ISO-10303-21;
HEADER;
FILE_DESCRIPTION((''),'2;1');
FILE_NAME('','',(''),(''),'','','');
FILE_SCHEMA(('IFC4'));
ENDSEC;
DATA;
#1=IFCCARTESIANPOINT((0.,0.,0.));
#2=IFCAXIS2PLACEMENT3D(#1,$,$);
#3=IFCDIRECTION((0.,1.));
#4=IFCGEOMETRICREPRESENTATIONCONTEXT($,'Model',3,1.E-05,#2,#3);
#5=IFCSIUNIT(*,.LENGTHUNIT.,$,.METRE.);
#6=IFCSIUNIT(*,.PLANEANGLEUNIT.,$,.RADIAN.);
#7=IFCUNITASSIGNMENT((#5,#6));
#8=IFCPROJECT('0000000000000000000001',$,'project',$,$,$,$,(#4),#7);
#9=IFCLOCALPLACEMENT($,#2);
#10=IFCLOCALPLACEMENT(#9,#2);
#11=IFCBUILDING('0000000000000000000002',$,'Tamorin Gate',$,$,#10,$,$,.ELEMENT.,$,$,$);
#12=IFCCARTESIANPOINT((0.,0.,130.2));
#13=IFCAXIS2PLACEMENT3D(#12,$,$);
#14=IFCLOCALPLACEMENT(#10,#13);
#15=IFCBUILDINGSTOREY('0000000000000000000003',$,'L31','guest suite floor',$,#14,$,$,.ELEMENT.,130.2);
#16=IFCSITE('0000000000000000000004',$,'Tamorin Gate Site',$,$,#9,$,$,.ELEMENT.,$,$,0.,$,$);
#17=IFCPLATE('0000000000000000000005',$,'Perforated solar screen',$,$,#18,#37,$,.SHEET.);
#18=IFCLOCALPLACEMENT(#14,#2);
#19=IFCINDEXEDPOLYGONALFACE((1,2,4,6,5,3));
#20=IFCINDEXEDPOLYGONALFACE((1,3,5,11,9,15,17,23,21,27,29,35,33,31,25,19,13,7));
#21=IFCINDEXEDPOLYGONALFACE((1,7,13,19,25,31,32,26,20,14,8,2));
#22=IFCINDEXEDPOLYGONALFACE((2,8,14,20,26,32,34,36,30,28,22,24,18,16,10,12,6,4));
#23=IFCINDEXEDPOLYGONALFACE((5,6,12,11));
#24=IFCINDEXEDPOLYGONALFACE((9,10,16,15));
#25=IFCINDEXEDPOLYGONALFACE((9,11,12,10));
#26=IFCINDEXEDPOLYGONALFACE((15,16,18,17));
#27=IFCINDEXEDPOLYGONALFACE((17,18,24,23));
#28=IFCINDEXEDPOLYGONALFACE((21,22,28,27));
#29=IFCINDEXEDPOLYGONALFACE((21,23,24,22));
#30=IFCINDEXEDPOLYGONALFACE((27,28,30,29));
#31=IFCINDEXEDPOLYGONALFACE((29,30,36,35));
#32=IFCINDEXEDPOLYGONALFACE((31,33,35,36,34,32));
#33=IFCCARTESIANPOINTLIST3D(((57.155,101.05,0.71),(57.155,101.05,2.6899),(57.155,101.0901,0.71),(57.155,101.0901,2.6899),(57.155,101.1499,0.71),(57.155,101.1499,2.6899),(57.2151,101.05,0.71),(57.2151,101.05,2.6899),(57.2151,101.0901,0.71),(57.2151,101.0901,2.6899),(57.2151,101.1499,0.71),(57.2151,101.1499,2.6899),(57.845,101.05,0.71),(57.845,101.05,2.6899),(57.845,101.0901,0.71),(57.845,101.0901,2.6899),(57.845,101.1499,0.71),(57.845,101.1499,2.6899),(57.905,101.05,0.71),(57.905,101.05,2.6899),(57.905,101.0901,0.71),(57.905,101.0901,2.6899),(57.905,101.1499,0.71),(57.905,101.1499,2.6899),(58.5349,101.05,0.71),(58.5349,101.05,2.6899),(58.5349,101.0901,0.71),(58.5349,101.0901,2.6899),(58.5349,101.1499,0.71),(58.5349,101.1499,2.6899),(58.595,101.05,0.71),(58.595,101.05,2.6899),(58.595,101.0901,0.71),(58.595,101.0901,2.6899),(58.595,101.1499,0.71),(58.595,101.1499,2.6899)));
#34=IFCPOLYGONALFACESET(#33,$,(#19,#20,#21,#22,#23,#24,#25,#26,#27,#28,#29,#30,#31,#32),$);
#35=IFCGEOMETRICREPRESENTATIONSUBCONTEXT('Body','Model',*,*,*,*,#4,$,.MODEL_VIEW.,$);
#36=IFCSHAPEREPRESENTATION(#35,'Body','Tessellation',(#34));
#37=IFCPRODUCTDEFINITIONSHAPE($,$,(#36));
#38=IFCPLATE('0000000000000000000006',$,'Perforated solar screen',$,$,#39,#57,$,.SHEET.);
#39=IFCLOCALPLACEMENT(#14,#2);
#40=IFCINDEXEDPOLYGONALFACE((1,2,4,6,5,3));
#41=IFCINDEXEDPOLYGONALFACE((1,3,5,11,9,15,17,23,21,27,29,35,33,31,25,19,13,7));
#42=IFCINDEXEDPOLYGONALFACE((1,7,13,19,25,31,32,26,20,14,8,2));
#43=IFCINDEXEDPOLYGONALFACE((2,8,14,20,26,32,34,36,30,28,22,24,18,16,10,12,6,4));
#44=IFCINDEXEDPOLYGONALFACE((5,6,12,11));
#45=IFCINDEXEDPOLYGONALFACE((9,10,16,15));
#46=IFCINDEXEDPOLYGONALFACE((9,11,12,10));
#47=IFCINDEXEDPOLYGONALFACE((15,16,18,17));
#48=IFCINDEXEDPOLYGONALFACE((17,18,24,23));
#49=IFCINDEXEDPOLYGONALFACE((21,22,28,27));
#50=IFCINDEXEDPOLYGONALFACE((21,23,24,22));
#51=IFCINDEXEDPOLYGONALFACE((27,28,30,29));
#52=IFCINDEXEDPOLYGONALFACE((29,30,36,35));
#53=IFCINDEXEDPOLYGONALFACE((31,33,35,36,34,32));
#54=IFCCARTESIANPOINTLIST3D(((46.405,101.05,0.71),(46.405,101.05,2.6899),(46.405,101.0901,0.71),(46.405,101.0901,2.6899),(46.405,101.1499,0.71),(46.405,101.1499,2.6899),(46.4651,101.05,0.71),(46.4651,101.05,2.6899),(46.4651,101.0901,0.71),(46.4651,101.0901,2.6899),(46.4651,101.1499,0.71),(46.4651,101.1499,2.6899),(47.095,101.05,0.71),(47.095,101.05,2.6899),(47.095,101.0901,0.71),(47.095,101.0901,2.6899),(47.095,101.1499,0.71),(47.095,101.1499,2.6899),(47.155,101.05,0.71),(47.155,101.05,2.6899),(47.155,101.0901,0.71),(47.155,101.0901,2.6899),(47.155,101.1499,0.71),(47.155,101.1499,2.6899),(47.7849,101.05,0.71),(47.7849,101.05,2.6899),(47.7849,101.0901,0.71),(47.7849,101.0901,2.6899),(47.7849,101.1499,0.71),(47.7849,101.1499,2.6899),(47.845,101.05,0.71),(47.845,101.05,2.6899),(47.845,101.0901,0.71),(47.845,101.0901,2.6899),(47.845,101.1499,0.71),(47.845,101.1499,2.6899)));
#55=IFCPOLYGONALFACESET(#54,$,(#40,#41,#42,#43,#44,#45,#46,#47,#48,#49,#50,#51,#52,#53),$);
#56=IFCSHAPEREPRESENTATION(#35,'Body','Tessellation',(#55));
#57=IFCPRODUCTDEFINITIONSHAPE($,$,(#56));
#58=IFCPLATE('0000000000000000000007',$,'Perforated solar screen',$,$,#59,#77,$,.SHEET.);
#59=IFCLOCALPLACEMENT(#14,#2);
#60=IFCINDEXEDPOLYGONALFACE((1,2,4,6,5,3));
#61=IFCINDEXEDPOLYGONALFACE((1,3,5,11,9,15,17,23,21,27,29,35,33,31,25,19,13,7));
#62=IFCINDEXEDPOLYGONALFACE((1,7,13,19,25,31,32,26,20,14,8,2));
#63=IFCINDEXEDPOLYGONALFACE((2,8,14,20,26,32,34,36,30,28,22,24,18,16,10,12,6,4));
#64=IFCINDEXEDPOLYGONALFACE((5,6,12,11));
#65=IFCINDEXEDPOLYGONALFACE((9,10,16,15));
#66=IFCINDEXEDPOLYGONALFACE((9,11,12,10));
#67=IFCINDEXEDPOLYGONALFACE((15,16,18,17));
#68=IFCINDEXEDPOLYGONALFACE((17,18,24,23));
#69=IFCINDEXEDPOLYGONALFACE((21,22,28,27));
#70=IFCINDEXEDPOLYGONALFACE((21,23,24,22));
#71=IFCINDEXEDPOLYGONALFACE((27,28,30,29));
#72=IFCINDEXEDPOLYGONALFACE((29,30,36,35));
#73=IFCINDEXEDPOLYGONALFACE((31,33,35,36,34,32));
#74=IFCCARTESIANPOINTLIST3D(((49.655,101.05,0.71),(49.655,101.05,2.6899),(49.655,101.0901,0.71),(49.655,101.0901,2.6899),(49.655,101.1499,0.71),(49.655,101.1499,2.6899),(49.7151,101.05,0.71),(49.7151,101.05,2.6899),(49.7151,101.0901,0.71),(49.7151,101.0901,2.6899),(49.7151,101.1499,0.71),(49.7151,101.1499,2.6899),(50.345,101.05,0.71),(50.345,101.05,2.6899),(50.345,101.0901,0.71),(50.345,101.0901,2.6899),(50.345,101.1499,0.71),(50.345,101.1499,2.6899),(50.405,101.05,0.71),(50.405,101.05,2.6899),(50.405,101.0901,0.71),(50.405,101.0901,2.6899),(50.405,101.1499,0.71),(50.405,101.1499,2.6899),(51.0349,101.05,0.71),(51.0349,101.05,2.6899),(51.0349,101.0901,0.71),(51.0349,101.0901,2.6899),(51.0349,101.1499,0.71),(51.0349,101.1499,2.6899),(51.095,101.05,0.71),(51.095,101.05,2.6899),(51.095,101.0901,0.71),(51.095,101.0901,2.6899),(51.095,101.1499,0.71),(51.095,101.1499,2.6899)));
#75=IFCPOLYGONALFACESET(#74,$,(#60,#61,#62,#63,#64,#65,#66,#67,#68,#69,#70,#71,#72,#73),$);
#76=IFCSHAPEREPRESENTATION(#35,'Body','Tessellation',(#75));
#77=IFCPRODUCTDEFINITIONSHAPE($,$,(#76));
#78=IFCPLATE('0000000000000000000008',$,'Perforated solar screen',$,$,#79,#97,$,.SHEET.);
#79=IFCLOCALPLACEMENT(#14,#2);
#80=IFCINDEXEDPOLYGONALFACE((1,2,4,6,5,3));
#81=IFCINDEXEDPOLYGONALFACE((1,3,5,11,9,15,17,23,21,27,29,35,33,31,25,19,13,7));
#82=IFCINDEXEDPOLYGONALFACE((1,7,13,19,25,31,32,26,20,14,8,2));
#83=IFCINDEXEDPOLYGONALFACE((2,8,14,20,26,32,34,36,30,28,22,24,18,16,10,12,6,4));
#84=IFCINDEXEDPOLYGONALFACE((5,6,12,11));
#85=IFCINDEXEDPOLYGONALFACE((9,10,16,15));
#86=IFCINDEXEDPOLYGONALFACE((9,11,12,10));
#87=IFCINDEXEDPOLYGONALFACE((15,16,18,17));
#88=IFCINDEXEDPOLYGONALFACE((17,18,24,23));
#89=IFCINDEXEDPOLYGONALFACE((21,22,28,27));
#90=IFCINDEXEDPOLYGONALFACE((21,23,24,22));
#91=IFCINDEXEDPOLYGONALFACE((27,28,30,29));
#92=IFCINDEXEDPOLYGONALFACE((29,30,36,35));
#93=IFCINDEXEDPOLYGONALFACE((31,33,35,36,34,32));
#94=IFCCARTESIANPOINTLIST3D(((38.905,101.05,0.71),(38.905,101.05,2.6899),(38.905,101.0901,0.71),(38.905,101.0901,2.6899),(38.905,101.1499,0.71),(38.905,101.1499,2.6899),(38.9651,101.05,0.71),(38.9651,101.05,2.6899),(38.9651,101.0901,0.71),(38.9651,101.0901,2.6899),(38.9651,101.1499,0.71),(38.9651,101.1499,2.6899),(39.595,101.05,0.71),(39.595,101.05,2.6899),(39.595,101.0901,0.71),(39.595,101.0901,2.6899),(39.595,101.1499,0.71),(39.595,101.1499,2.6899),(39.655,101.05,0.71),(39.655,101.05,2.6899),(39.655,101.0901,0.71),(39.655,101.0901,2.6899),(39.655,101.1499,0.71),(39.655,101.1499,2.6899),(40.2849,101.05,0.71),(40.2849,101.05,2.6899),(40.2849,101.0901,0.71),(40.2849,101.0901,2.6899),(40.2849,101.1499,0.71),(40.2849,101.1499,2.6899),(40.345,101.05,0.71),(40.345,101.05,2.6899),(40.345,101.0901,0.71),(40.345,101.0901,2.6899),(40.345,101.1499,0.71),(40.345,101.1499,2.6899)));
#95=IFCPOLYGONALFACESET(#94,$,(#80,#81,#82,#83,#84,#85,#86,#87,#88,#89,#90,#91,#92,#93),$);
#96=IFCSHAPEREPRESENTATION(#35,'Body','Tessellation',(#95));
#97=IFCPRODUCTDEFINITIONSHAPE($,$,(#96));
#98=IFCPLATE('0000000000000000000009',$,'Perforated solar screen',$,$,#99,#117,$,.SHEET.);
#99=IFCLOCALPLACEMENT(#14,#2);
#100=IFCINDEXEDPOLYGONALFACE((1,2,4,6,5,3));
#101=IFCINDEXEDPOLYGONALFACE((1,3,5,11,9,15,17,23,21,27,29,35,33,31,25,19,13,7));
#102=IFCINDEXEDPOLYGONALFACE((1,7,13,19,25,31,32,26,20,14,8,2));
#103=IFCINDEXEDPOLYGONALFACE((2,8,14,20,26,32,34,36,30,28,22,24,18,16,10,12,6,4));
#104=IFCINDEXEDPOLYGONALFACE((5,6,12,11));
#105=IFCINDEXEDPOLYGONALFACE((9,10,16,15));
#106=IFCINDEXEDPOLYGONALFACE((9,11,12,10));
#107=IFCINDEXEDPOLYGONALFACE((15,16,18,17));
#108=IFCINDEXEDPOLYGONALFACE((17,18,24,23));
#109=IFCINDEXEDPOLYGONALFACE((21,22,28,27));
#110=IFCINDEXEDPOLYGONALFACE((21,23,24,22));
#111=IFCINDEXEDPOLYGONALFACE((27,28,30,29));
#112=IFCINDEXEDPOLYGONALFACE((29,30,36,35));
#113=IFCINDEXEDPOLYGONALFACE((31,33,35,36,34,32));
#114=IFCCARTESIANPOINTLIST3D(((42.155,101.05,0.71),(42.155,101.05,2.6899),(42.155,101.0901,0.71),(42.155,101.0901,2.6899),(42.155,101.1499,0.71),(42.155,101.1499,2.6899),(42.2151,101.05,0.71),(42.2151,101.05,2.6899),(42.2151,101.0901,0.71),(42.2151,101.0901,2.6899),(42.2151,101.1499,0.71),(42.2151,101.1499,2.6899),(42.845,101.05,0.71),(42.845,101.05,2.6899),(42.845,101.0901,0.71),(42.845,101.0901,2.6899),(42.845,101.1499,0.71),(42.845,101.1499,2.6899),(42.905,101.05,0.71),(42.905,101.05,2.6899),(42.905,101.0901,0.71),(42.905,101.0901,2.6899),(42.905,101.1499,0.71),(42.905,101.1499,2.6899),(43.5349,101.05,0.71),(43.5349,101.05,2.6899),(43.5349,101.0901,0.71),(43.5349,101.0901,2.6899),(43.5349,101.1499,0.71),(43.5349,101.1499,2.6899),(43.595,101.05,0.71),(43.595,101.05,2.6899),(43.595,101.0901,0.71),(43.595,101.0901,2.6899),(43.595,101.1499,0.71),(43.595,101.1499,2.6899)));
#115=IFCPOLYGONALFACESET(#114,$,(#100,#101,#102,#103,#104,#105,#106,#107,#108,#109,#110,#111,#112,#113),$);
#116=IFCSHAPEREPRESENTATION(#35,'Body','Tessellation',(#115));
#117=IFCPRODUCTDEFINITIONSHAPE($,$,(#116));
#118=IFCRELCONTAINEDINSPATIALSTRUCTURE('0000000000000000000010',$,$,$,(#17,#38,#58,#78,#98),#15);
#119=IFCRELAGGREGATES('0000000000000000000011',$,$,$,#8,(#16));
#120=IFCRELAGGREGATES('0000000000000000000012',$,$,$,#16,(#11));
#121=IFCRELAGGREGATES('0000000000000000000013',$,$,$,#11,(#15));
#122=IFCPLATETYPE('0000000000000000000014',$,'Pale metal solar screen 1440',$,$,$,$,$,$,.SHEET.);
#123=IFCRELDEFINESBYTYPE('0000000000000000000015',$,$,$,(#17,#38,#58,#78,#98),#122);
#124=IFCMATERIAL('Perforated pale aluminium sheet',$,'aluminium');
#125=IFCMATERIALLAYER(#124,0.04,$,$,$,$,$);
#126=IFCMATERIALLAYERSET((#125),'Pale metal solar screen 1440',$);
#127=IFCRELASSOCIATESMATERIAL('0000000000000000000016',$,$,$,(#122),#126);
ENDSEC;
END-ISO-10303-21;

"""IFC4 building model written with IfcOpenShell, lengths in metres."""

from ifc_helpers import new_model, si_unit, direction, frame, origin, place, context, subcontext, project, spatial, polyline, outline, extrude, material, layer, layer_set, type_object, element, save


model = new_model("IFC4")

# Units and contexts
model_context = context("Model", 3, precision=1e-05, world=origin(), true_north=direction((0.0, 1.0)))
body_context = subcontext(model_context, "Body", "Model", "MODEL_VIEW")
ifc_project = project(units=[si_unit("LENGTHUNIT", "METRE"), si_unit("PLANEANGLEUNIT", "RADIAN")], contexts=[model_context])

# Site, building, storey
site_placement = place(None, origin())
site = spatial("IfcSite", under=ifc_project, at=site_placement, Name="Tamorin Gate Site", CompositionType="ELEMENT", RefElevation=0.0)
building_placement = place(site_placement, origin())
building = spatial("IfcBuilding", under=site, at=building_placement, Name="Tamorin Gate", CompositionType="ELEMENT")
storey_placement = place(building_placement, frame((0.0, 0.0, 130.2)))
storey = spatial("IfcBuildingStorey", under=building, at=storey_placement, Name="L31", Description="guest suite floor", CompositionType="ELEMENT", Elevation=130.2)

# Plates
ifc_material_1 = material(Name="Perforated pale aluminium sheet", Category="aluminium")
ifc_layer_1 = layer(ifc_material_1, 0.04)
ifc_layer_set_1 = layer_set([ifc_layer_1], Name="Pale metal solar screen 1440")
plate_type_1 = type_object("IfcPlateType", Name="Pale metal solar screen 1440", PredefinedType="SHEET", material=ifc_layer_set_1)
plate_1_placement = place(storey_placement, frame((0.0, 0.0, 0.71)))
element("IfcPlate", 1, at=plate_1_placement, inside=storey, type_object=plate_type_1, Name="Perforated solar screen", PredefinedType="SHEET", context=body_context, shape_type="SweptSolid", body=[
    extrude(outline(polyline([(58.595, 101.0901), (58.595, 101.05), (58.5349, 101.05), (57.905, 101.05), (57.845, 101.05), (57.2151, 101.05), (57.155, 101.05), (57.155, 101.0901), (57.155, 101.1499), (57.2151, 101.1499), (57.2151, 101.0901), (57.845, 101.0901), (57.845, 101.1499), (57.905, 101.1499), (57.905, 101.0901), (58.5349, 101.0901), (58.5349, 101.1499), (58.595, 101.1499), (58.595, 101.0901)])), origin(), (0.0, 0.0, 1.0), 1.98),
])
plate_2_placement = place(storey_placement, frame((0.0, 0.0, 0.71)))
element("IfcPlate", 2, at=plate_2_placement, inside=storey, type_object=plate_type_1, Name="Perforated solar screen", PredefinedType="SHEET", context=body_context, shape_type="SweptSolid", body=[
    extrude(outline(polyline([(47.845, 101.0901), (47.845, 101.05), (47.7849, 101.05), (47.155, 101.05), (47.095, 101.05), (46.4651, 101.05), (46.405, 101.05), (46.405, 101.0901), (46.405, 101.1499), (46.4651, 101.1499), (46.4651, 101.0901), (47.095, 101.0901), (47.095, 101.1499), (47.155, 101.1499), (47.155, 101.0901), (47.7849, 101.0901), (47.7849, 101.1499), (47.845, 101.1499), (47.845, 101.0901)])), origin(), (0.0, 0.0, 1.0), 1.98),
])
plate_3_placement = place(storey_placement, frame((0.0, 0.0, 0.71)))
element("IfcPlate", 3, at=plate_3_placement, inside=storey, type_object=plate_type_1, Name="Perforated solar screen", PredefinedType="SHEET", context=body_context, shape_type="SweptSolid", body=[
    extrude(outline(polyline([(51.095, 101.0901), (51.095, 101.05), (51.0349, 101.05), (50.405, 101.05), (50.345, 101.05), (49.7151, 101.05), (49.655, 101.05), (49.655, 101.0901), (49.655, 101.1499), (49.7151, 101.1499), (49.7151, 101.0901), (50.345, 101.0901), (50.345, 101.1499), (50.405, 101.1499), (50.405, 101.0901), (51.0349, 101.0901), (51.0349, 101.1499), (51.095, 101.1499), (51.095, 101.0901)])), origin(), (0.0, 0.0, 1.0), 1.98),
])
plate_4_placement = place(storey_placement, frame((0.0, 0.0, 0.71)))
element("IfcPlate", 4, at=plate_4_placement, inside=storey, type_object=plate_type_1, Name="Perforated solar screen", PredefinedType="SHEET", context=body_context, shape_type="SweptSolid", body=[
    extrude(outline(polyline([(40.345, 101.0901), (40.345, 101.05), (40.2849, 101.05), (39.655, 101.05), (39.595, 101.05), (38.9651, 101.05), (38.905, 101.05), (38.905, 101.0901), (38.905, 101.1499), (38.9651, 101.1499), (38.9651, 101.0901), (39.595, 101.0901), (39.595, 101.1499), (39.655, 101.1499), (39.655, 101.0901), (40.2849, 101.0901), (40.2849, 101.1499), (40.345, 101.1499), (40.345, 101.0901)])), origin(), (0.0, 0.0, 1.0), 1.98),
])
plate_5_placement = place(storey_placement, frame((0.0, 0.0, 0.71)))
element("IfcPlate", 5, at=plate_5_placement, inside=storey, type_object=plate_type_1, Name="Perforated solar screen", PredefinedType="SHEET", context=body_context, shape_type="SweptSolid", body=[
    extrude(outline(polyline([(43.595, 101.0901), (43.595, 101.05), (43.5349, 101.05), (42.905, 101.05), (42.845, 101.05), (42.2151, 101.05), (42.155, 101.05), (42.155, 101.0901), (42.155, 101.1499), (42.2151, 101.1499), (42.2151, 101.0901), (42.845, 101.0901), (42.845, 101.1499), (42.905, 101.1499), (42.905, 101.0901), (43.5349, 101.0901), (43.5349, 101.1499), (43.595, 101.1499), (43.595, 101.0901)])), origin(), (0.0, 0.0, 1.0), 1.98),
])

save(model, "model.ifc")
